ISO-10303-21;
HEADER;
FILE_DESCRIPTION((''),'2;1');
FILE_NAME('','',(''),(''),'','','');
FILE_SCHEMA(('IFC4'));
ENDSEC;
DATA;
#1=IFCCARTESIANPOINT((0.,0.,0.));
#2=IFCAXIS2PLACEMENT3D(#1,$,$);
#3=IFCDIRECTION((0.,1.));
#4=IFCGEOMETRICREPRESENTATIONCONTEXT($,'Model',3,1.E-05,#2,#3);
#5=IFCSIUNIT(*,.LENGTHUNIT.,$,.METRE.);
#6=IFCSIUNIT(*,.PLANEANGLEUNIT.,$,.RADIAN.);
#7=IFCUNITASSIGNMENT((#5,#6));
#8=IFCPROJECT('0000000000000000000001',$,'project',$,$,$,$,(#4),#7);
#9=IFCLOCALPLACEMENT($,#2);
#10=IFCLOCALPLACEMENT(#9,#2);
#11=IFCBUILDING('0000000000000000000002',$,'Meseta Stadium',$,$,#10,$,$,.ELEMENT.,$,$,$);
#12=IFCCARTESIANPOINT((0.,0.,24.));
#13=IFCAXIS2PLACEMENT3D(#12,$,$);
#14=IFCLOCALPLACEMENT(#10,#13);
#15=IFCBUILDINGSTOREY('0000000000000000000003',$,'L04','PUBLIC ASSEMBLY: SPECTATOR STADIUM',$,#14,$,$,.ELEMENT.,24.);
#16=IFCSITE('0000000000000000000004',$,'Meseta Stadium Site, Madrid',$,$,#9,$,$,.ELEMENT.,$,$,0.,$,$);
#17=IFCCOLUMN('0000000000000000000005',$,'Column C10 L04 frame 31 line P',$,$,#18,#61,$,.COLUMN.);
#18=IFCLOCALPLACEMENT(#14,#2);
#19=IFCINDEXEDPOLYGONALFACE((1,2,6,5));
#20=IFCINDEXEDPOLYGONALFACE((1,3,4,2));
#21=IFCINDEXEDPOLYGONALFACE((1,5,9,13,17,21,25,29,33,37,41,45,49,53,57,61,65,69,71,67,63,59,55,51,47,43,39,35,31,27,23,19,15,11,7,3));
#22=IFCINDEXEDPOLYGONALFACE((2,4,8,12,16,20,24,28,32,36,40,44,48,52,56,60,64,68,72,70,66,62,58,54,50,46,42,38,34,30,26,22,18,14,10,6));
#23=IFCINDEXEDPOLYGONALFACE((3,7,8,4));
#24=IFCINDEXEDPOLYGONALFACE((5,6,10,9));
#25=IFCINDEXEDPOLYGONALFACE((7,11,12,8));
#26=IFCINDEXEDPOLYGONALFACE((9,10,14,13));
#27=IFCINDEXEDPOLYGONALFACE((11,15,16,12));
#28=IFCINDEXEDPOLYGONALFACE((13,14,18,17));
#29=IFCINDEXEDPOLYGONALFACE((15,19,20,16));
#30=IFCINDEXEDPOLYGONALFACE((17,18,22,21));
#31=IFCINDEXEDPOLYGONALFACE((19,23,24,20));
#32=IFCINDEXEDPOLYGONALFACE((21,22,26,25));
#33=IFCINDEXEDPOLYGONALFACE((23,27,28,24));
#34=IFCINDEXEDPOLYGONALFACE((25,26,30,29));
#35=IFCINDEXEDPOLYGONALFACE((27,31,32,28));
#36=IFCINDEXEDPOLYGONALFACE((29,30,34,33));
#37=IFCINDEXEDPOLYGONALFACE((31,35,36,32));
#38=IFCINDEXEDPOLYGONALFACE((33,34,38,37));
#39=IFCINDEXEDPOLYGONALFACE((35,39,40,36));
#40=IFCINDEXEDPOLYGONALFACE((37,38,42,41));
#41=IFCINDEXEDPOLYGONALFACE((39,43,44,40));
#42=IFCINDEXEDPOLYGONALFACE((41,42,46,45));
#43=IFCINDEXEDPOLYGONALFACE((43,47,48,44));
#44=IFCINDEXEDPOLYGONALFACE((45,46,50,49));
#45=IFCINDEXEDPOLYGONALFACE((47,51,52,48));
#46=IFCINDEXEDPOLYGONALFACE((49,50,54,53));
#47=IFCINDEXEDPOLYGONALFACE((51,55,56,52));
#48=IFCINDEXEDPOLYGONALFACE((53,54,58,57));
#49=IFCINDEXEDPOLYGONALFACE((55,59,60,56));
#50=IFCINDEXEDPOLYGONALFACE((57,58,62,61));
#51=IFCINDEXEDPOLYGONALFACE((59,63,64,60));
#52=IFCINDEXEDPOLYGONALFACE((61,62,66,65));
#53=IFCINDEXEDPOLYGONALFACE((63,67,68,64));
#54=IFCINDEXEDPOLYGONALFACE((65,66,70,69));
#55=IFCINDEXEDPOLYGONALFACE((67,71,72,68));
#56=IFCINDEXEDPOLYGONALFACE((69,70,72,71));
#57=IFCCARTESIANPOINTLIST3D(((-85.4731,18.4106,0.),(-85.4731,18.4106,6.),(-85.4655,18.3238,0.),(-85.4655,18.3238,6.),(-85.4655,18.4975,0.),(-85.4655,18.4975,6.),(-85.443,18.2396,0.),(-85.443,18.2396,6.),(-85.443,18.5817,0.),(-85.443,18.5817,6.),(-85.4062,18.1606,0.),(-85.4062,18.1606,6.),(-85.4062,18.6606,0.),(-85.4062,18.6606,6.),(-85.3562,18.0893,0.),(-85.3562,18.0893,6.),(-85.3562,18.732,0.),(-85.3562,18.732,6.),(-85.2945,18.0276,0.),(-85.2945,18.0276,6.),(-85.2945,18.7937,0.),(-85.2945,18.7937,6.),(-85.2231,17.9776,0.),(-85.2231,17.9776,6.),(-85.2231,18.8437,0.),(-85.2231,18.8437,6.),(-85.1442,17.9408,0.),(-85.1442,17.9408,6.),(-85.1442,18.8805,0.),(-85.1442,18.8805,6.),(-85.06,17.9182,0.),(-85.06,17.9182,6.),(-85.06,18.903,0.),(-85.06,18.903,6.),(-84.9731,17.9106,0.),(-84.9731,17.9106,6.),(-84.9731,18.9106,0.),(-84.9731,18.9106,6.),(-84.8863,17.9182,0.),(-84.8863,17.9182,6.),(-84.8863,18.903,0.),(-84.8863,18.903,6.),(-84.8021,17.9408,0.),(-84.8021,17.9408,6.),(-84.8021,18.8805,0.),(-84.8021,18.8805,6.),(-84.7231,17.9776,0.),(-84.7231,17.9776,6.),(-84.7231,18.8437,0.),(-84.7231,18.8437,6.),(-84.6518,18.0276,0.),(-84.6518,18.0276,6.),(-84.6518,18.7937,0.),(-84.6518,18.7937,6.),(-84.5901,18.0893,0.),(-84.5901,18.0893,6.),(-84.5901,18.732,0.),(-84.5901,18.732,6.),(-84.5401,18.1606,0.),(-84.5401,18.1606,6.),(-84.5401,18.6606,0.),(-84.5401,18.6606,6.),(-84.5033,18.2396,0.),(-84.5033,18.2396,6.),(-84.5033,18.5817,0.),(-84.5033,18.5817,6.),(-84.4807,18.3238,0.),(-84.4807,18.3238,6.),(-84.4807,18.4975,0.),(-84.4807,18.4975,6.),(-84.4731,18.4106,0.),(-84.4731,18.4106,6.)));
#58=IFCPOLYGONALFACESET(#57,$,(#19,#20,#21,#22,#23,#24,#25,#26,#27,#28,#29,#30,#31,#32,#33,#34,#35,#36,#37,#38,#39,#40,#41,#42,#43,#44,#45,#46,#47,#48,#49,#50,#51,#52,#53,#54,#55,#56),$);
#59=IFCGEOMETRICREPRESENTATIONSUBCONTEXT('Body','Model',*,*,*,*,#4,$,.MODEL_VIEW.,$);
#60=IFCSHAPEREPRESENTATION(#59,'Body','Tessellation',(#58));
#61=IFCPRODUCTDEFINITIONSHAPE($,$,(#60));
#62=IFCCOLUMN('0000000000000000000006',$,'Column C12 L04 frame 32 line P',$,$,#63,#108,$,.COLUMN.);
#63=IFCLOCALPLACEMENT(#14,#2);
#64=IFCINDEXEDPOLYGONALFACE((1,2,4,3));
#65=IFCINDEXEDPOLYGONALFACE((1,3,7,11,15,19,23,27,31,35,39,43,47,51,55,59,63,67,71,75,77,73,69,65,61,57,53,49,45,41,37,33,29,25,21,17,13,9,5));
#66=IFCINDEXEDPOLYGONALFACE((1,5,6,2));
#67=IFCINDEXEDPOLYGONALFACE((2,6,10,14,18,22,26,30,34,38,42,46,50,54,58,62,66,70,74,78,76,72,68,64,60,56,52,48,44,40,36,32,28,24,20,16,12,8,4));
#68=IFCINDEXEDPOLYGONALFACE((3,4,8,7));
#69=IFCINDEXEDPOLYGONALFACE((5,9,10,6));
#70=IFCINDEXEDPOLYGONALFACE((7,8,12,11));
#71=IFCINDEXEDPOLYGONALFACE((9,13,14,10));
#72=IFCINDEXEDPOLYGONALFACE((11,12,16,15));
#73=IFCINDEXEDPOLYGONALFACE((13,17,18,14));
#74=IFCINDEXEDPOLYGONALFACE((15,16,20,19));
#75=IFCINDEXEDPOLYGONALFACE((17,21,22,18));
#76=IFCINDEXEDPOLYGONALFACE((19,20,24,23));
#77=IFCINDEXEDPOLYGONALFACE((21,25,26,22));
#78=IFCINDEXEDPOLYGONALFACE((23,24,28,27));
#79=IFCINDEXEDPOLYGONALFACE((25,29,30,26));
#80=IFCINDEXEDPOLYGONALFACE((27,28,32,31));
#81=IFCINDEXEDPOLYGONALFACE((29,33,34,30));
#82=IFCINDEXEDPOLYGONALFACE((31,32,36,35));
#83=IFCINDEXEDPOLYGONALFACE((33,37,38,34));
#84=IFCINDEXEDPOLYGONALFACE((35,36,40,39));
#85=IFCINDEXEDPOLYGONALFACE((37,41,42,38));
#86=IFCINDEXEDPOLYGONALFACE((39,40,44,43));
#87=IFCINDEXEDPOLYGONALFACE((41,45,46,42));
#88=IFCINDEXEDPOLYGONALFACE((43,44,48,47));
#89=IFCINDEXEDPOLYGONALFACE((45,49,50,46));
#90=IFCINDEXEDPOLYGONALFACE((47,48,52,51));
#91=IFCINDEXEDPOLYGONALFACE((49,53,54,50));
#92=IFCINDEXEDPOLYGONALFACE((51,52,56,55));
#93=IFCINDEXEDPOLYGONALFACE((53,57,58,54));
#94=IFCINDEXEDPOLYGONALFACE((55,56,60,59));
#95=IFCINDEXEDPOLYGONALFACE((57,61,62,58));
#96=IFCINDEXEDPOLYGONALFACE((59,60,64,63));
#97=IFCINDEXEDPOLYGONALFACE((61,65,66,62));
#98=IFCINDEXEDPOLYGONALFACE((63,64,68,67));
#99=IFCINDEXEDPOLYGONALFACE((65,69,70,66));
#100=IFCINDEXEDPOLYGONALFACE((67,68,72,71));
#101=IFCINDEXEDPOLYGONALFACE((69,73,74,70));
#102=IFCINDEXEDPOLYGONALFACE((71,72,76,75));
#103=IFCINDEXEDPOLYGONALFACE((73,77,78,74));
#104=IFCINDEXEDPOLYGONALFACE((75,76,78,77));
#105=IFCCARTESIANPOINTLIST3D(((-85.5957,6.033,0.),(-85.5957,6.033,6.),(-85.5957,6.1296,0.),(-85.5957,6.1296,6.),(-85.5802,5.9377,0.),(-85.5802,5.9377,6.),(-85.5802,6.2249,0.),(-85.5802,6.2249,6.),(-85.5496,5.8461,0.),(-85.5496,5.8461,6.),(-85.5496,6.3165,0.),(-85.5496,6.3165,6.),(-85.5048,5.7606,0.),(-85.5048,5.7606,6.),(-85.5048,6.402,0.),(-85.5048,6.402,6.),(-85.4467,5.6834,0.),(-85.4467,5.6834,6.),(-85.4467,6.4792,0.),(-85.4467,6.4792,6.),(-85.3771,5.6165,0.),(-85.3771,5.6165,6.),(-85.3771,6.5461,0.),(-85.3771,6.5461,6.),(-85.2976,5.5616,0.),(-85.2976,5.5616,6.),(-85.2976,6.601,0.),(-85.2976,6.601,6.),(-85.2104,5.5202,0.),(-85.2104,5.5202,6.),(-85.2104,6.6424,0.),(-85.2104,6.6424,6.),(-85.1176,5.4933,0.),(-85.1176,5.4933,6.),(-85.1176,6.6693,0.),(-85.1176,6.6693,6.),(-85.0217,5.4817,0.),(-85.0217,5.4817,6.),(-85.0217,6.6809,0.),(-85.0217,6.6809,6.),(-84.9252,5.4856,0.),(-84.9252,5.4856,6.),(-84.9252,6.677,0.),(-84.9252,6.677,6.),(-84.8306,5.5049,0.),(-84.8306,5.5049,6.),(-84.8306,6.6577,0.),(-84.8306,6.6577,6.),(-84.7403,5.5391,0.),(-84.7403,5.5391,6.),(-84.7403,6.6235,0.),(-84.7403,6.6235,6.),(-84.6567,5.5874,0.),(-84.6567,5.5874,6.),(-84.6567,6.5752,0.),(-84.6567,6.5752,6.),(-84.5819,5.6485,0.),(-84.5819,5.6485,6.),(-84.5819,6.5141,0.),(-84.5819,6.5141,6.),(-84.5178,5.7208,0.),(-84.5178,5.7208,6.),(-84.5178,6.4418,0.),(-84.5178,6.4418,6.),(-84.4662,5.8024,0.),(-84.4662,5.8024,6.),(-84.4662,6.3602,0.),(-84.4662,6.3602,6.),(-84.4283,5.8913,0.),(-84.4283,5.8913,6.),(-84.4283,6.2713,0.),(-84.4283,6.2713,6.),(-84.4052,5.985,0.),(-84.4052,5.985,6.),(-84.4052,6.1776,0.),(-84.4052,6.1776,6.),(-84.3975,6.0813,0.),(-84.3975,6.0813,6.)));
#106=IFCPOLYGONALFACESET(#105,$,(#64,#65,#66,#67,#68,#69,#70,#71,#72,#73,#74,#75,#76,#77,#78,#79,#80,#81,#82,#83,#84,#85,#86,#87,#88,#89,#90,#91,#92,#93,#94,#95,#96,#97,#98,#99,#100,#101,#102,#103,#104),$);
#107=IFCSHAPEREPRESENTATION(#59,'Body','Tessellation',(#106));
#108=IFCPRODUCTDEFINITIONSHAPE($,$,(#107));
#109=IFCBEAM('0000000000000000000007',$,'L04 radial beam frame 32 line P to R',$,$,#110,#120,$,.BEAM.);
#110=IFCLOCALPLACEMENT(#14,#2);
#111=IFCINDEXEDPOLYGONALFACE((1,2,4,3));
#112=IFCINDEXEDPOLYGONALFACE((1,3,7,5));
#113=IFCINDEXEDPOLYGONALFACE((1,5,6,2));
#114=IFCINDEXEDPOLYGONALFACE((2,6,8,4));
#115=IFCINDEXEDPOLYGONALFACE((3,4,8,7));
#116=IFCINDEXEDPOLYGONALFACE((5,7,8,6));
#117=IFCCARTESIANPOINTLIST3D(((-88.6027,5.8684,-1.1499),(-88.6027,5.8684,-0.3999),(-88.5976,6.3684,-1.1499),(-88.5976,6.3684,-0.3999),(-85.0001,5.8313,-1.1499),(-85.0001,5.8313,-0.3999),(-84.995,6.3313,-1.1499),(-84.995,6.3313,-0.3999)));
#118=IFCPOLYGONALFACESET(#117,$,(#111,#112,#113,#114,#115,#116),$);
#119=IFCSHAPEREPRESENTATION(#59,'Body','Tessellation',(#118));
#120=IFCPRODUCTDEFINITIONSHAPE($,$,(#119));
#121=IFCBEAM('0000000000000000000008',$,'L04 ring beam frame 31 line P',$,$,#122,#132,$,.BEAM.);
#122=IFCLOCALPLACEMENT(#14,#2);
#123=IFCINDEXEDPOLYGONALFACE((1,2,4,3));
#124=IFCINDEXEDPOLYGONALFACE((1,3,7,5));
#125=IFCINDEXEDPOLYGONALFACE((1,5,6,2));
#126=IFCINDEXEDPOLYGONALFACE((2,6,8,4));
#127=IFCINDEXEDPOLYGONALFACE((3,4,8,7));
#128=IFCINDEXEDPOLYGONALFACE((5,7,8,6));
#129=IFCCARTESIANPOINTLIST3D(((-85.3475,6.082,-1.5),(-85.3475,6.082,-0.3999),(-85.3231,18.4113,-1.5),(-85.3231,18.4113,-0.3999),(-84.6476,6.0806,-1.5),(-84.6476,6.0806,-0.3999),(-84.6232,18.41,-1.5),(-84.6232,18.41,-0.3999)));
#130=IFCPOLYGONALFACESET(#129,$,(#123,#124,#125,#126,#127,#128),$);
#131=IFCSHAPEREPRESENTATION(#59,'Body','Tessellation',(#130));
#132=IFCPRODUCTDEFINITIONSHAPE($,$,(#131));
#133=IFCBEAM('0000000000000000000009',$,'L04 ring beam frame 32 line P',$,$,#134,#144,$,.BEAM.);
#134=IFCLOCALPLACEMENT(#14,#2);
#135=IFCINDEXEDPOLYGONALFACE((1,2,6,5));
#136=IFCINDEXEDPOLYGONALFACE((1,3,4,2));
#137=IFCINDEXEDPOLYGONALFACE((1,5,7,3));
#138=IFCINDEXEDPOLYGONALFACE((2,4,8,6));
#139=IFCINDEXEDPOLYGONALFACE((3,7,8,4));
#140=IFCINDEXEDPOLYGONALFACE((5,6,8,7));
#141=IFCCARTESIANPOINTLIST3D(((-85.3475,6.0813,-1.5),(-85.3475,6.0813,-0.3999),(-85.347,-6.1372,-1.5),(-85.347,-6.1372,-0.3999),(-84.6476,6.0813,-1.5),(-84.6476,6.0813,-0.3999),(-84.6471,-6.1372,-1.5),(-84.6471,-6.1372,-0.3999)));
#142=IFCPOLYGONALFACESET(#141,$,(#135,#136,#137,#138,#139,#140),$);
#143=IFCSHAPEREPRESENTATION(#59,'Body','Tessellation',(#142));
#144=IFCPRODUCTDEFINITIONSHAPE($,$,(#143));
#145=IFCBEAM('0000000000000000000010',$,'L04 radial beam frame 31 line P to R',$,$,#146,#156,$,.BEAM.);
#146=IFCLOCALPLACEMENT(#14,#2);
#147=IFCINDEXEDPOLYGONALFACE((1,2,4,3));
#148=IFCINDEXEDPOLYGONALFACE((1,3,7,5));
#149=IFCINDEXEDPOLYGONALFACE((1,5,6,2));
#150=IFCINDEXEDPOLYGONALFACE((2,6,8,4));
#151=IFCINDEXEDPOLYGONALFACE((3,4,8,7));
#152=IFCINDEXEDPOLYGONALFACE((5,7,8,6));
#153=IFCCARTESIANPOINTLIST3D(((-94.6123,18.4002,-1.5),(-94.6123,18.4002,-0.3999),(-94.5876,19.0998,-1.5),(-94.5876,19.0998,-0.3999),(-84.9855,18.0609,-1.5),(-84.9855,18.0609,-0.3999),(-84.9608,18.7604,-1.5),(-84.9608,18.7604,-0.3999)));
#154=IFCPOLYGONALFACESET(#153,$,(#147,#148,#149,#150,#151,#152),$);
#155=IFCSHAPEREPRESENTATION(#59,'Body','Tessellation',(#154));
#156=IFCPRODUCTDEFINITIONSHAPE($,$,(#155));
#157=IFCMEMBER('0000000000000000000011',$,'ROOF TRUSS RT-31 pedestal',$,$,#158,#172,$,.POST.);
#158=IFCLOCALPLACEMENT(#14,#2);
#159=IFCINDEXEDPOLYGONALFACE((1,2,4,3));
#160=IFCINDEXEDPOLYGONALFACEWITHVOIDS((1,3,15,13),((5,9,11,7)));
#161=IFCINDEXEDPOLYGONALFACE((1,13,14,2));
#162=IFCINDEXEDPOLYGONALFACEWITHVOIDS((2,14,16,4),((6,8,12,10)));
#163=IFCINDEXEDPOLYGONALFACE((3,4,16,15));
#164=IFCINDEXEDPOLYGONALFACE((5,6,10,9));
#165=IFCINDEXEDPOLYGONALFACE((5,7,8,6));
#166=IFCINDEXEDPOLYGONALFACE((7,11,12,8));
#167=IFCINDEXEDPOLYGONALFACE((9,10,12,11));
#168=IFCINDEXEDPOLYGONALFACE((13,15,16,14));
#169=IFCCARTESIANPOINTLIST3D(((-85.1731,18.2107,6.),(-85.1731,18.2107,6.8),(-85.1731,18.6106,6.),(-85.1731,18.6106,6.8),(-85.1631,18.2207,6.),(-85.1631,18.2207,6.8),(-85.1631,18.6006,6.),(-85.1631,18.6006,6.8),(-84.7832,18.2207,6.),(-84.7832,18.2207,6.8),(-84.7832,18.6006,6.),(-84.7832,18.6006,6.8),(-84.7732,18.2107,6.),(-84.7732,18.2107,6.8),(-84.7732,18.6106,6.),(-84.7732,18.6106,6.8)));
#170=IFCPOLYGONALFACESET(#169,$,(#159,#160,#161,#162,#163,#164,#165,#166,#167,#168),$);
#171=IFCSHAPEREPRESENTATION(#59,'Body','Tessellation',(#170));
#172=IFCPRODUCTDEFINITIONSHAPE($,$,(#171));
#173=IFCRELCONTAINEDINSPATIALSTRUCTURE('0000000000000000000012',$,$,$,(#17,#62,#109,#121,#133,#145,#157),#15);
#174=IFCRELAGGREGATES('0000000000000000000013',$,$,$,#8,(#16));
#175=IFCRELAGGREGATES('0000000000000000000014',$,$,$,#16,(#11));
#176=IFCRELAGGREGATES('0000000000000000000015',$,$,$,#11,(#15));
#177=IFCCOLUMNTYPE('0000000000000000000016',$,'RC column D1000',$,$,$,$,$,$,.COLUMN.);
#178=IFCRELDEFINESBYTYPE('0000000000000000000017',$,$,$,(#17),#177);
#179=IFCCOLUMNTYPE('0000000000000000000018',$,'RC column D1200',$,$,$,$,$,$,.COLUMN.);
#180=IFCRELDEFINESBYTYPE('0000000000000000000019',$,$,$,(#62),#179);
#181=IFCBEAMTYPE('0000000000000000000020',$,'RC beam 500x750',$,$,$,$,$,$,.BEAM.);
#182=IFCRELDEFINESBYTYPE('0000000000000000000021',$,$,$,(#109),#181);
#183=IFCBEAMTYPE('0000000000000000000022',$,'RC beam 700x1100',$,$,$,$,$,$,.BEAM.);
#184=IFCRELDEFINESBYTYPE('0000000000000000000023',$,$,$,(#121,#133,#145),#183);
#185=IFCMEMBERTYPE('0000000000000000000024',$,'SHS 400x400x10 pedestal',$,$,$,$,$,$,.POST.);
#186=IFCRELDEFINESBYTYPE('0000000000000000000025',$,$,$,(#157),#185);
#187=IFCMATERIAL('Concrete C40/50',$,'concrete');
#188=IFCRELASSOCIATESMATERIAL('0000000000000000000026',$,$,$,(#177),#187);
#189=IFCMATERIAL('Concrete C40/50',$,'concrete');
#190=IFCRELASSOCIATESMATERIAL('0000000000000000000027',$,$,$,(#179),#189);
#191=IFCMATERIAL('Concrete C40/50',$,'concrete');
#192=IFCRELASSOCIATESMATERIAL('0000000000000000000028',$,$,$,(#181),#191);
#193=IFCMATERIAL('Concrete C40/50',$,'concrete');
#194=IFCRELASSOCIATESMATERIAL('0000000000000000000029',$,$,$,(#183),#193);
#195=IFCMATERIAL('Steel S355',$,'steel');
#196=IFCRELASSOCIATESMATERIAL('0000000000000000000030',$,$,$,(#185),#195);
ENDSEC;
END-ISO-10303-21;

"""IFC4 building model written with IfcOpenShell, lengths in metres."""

from ifc_helpers import new_model, si_unit, direction, frame, origin, origin_2d, place, context, subcontext, project, spatial, rectangle, hollow_rectangle, circle, extrude, material, material_profile, profile_set, type_object, element, save


model = new_model("IFC4")

# Units and contexts
model_context = context("Model", 3, precision=1e-05, world=origin(), true_north=direction((0.0, 1.0)))
body_context = subcontext(model_context, "Body", "Model", "MODEL_VIEW")
ifc_project = project(units=[si_unit("LENGTHUNIT", "METRE"), si_unit("PLANEANGLEUNIT", "RADIAN")], contexts=[model_context])

# Site, building, storey
site_placement = place(None, origin())
site = spatial("IfcSite", under=ifc_project, at=site_placement, Name="Meseta Stadium Site, Madrid", CompositionType="ELEMENT", RefElevation=0.0)
building_placement = place(site_placement, origin())
building = spatial("IfcBuilding", under=site, at=building_placement, Name="Meseta Stadium", CompositionType="ELEMENT")
storey_placement = place(building_placement, frame((0.0, 0.0, 24.0)))
storey = spatial("IfcBuildingStorey", under=building, at=storey_placement, Name="L04", Description="PUBLIC ASSEMBLY: SPECTATOR STADIUM", CompositionType="ELEMENT", Elevation=24.0)

# Columns
ifc_material_1 = material(Name="Concrete C40/50", Category="concrete")
ifc_material_profile_1 = material_profile(ifc_material_1, circle(Radius=0.5, at=origin_2d()), Name="RC D1000")
ifc_profile_set_1 = profile_set([ifc_material_profile_1], Name="Concrete C40/50")
column_type_1 = type_object("IfcColumnType", Name="RC column D1000", PredefinedType="COLUMN", material=ifc_profile_set_1)
column_1_placement = place(storey_placement, frame((-84.9731, 18.4106, 0.0), z_axis=(0.0, 0.0, 1.0), x_axis=(1.0, 0.0, 0.0)))
element("IfcColumn", 1, at=column_1_placement, inside=storey, type_object=column_type_1, Name="Column C10 L04 frame 31 line P", PredefinedType="COLUMN", context=body_context, shape_type="SweptSolid", body=[
    extrude(circle(Radius=0.5, at=origin_2d()), origin(), (0.0, 0.0, 1.0), 6.0),
])
ifc_material_2 = material(Name="Concrete C40/50", Category="concrete")
ifc_material_profile_2 = material_profile(ifc_material_2, circle(Radius=0.6001, at=origin_2d()), Name="RC D1200")
ifc_profile_set_2 = profile_set([ifc_material_profile_2], Name="Concrete C40/50")
column_type_2 = type_object("IfcColumnType", Name="RC column D1200", PredefinedType="COLUMN", material=ifc_profile_set_2)
column_2_placement = place(storey_placement, frame((-84.9976, 6.0813, 0.0), z_axis=(0.0, 0.0, 1.0), x_axis=(1.0, 0.0, 0.0)))
element("IfcColumn", 2, at=column_2_placement, inside=storey, type_object=column_type_2, Name="Column C12 L04 frame 32 line P", PredefinedType="COLUMN", context=body_context, shape_type="SweptSolid", body=[
    extrude(circle(Radius=0.6001, at=origin_2d()), origin(), (0.0, 0.0, 1.0), 6.0),
])

# Beams
ifc_material_3 = material(Name="Concrete C40/50", Category="concrete")
ifc_material_profile_3 = material_profile(ifc_material_3, rectangle(XDim=0.5, YDim=0.75, at=origin_2d()), Name="RC 500x750")
ifc_profile_set_3 = profile_set([ifc_material_profile_3], Name="Concrete C40/50")
beam_type_1 = type_object("IfcBeamType", Name="RC beam 500x750", PredefinedType="BEAM", material=ifc_profile_set_3)
beam_1_placement = place(storey_placement, frame((-84.9976, 6.0813, -0.7749), z_axis=(-0.999947, 0.0103, 0.0), x_axis=(-0.0103, -0.999947, 0.0)))
element("IfcBeam", 3, at=beam_1_placement, inside=storey, type_object=beam_type_1, Name="L04 radial beam frame 32 line P to R", PredefinedType="BEAM", context=body_context, shape_type="SweptSolid", body=[
    extrude(rectangle(XDim=0.5, YDim=0.75, at=origin_2d()), origin(), (0.0, 0.0, 1.0), 3.6028),
])
ifc_material_4 = material(Name="Concrete C40/50", Category="concrete")
ifc_material_profile_4 = material_profile(ifc_material_4, rectangle(XDim=0.7, YDim=1.1001, at=origin_2d()), Name="RC 700x1100")
ifc_profile_set_4 = profile_set([ifc_material_profile_4], Name="Concrete C40/50")
beam_type_2 = type_object("IfcBeamType", Name="RC beam 700x1100", PredefinedType="BEAM", material=ifc_profile_set_4)
beam_2_placement = place(storey_placement, frame((-84.9731, 18.4106, -0.95), z_axis=(-0.00198, -0.999998, 0.0), x_axis=(0.999998, -0.00198, 0.0)))
element("IfcBeam", 4, at=beam_2_placement, inside=storey, type_object=beam_type_2, Name="L04 ring beam frame 31 line P", PredefinedType="BEAM", context=body_context, shape_type="SweptSolid", body=[
    extrude(rectangle(XDim=0.7, YDim=1.1001, at=origin_2d()), origin(), (0.0, 0.0, 1.0), 12.3293),
])
beam_3_placement = place(storey_placement, frame((-84.9976, 6.0813, -0.95), z_axis=(0.00004, -1.0, 0.0), x_axis=(1.0, 0.00004, 0.0)))
element("IfcBeam", 5, at=beam_3_placement, inside=storey, type_object=beam_type_2, Name="L04 ring beam frame 32 line P", PredefinedType="BEAM", context=body_context, shape_type="SweptSolid", body=[
    extrude(rectangle(XDim=0.7, YDim=1.1001, at=origin_2d()), origin(), (0.0, 0.0, 1.0), 12.2185),
])
beam_4_placement = place(storey_placement, frame((-84.9731, 18.4106, -0.95), z_axis=(-0.999379, 0.035229, 0.0), x_axis=(-0.035229, -0.999379, 0.0)))
element("IfcBeam", 6, at=beam_4_placement, inside=storey, type_object=beam_type_2, Name="L04 radial beam frame 31 line P to R", PredefinedType="BEAM", context=body_context, shape_type="SweptSolid", body=[
    extrude(rectangle(XDim=0.7, YDim=1.1001, at=origin_2d()), origin(), (0.0, 0.0, 1.0), 9.6328),
])

# Member
ifc_material_5 = material(Name="Steel S355", Category="steel")
ifc_material_profile_5 = material_profile(ifc_material_5, hollow_rectangle(XDim=0.3999, YDim=0.3999, WallThickness=0.01, at=origin_2d()), Name="SHS 400x400x10")
ifc_profile_set_5 = profile_set([ifc_material_profile_5], Name="Steel S355")
member_type_1 = type_object("IfcMemberType", Name="SHS 400x400x10 pedestal", PredefinedType="POST", material=ifc_profile_set_5)
member_1_placement = place(storey_placement, frame((-84.9731, 18.4106, 6.0), z_axis=(0.0, 0.0, 1.0), x_axis=(1.0, 0.0, 0.0)))
element("IfcMember", 7, at=member_1_placement, inside=storey, type_object=member_type_1, Name="ROOF TRUSS RT-31 pedestal", PredefinedType="POST", context=body_context, shape_type="SweptSolid", body=[
    extrude(hollow_rectangle(XDim=0.3999, YDim=0.3999, WallThickness=0.01, at=origin_2d()), origin(), (0.0, 0.0, 1.0), 0.8),
])

save(model, "model.ifc")
